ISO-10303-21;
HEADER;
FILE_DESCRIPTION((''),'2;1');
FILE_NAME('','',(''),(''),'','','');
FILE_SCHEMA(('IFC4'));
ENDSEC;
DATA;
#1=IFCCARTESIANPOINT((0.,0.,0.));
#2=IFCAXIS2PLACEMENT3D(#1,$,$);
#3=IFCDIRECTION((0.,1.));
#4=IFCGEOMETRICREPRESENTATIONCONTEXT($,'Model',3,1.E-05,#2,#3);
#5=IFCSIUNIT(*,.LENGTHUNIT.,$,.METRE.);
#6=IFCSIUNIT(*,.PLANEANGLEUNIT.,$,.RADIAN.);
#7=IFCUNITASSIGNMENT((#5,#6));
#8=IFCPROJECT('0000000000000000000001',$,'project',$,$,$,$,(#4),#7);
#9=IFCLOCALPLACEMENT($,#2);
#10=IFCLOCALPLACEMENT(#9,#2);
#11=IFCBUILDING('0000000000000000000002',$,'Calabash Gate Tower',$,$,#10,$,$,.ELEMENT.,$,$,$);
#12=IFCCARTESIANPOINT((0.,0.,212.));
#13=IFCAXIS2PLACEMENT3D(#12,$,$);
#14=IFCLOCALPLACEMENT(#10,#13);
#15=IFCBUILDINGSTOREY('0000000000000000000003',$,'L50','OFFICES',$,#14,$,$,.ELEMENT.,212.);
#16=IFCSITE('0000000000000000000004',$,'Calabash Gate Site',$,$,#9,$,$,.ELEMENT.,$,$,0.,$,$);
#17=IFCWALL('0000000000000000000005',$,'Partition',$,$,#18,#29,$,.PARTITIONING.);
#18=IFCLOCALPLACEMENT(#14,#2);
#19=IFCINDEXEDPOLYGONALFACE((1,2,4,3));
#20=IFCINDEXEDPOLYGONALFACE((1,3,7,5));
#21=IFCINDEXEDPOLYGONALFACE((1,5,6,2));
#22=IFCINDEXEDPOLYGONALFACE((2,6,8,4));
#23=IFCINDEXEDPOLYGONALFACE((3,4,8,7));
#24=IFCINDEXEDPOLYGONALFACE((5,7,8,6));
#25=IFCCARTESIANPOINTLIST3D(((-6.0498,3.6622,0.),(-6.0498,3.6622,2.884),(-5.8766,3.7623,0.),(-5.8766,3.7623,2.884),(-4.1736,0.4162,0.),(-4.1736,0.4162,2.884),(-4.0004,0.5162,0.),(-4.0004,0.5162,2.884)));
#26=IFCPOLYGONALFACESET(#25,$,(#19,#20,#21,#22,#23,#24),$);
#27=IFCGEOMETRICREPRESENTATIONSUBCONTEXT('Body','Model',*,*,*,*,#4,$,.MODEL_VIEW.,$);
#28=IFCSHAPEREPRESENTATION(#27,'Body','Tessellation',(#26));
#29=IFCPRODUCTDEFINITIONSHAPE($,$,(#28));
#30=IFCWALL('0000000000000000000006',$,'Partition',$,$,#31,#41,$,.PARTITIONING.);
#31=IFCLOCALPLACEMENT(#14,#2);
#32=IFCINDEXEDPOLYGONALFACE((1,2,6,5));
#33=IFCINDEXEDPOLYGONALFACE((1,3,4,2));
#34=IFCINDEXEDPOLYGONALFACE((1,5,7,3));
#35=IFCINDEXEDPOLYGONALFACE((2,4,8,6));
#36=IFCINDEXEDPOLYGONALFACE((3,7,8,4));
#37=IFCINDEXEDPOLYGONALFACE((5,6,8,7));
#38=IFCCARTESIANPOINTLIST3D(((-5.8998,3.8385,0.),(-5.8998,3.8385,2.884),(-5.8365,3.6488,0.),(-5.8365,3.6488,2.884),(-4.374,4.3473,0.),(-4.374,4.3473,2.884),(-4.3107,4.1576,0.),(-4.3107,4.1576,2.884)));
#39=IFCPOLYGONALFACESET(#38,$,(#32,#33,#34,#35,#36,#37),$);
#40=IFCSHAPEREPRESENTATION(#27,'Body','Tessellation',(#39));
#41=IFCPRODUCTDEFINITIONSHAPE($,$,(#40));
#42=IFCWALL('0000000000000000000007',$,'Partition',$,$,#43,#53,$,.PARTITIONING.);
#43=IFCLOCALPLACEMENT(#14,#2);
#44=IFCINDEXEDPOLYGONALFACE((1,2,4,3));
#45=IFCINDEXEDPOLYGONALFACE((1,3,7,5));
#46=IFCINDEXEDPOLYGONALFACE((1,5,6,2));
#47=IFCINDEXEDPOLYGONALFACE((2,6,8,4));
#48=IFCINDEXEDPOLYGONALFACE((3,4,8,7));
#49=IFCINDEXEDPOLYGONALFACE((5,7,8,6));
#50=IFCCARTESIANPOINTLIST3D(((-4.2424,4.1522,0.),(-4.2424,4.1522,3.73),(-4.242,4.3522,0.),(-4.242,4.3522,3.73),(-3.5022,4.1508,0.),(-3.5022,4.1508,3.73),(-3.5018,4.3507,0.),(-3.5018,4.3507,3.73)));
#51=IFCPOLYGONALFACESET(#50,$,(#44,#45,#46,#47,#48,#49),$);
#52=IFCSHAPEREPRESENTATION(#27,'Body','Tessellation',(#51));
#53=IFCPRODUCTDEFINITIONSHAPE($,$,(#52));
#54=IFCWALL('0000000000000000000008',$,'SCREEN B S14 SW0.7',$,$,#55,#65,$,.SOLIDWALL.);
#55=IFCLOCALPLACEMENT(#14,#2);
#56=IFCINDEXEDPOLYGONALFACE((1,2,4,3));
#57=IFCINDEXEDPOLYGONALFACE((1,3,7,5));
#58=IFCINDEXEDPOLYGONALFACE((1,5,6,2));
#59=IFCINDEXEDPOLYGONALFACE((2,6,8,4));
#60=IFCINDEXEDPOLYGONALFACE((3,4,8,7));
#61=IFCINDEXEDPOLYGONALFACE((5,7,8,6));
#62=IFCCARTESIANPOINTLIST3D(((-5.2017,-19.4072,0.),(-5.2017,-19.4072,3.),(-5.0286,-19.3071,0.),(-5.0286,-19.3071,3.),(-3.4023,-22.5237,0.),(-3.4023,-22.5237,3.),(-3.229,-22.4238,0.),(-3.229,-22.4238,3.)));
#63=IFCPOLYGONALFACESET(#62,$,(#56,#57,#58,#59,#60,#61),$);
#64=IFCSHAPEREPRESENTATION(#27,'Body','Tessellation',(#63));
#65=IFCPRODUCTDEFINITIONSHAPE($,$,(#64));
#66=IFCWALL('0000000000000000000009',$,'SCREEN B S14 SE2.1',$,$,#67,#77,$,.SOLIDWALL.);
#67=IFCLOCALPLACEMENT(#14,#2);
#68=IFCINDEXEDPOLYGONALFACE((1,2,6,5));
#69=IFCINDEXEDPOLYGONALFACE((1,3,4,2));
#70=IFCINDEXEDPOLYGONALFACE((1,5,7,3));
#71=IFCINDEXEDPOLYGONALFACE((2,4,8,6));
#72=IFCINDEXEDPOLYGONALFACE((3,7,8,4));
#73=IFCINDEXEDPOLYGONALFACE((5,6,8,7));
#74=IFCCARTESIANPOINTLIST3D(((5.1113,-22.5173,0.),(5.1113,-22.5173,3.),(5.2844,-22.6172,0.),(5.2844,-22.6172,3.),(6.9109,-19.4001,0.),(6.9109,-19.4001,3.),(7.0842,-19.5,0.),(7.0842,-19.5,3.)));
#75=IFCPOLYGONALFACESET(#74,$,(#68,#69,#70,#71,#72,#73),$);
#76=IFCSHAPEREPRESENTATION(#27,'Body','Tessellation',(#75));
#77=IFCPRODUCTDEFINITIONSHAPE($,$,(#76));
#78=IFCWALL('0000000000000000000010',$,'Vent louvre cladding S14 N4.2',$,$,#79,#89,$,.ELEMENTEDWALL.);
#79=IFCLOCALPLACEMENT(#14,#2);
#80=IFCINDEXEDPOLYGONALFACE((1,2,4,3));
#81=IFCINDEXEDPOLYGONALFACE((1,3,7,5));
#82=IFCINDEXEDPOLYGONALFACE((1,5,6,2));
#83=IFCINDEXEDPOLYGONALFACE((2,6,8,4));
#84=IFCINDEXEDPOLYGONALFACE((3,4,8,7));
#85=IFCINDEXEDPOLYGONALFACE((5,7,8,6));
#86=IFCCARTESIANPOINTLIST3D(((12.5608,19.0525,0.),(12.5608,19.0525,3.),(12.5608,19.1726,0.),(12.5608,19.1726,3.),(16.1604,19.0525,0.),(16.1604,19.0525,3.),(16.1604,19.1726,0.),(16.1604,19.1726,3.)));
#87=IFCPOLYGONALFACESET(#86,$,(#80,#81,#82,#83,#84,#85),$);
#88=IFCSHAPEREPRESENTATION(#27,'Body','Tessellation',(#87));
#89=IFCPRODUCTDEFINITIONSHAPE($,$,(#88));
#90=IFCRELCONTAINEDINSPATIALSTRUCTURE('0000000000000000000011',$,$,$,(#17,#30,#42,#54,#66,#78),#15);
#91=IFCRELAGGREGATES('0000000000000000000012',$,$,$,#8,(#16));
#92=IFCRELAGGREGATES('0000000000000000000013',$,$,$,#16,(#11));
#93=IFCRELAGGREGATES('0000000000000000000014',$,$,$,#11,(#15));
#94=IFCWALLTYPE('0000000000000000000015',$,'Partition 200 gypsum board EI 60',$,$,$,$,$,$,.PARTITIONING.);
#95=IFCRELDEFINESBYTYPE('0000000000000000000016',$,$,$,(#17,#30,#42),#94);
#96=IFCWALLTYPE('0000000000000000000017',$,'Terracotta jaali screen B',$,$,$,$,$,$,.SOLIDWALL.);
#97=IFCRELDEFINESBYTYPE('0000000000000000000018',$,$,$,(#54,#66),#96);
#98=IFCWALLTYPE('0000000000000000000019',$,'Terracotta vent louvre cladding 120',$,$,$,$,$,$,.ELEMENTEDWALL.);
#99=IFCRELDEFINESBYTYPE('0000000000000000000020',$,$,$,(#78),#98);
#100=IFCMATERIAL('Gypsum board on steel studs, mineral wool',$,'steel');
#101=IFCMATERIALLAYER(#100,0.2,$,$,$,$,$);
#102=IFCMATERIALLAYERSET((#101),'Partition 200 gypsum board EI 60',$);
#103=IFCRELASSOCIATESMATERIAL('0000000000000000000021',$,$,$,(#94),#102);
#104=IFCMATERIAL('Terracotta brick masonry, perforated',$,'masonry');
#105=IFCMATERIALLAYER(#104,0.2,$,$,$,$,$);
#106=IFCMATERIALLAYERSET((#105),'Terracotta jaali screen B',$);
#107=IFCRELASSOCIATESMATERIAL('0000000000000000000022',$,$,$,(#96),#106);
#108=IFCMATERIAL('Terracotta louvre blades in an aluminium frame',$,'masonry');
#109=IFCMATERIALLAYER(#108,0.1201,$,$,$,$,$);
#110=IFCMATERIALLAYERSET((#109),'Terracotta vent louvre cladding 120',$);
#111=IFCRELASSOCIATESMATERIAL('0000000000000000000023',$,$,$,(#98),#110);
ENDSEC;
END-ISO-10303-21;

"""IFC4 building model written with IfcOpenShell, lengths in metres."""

from ifc_helpers import new_model, si_unit, direction, frame, frame_2d, origin, place, context, subcontext, project, spatial, polyline, rectangle, outline, extrude, material, layer, layer_set, type_object, element, save


model = new_model("IFC4")

# Units and contexts
model_context = context("Model", 3, precision=1e-05, world=origin(), true_north=direction((0.0, 1.0)))
body_context = subcontext(model_context, "Body", "Model", "MODEL_VIEW")
ifc_project = project(units=[si_unit("LENGTHUNIT", "METRE"), si_unit("PLANEANGLEUNIT", "RADIAN")], contexts=[model_context])

# Site, building, storey
site_placement = place(None, origin())
site = spatial("IfcSite", under=ifc_project, at=site_placement, Name="Calabash Gate Site", CompositionType="ELEMENT", RefElevation=0.0)
building_placement = place(site_placement, origin())
building = spatial("IfcBuilding", under=site, at=building_placement, Name="Calabash Gate Tower", CompositionType="ELEMENT")
storey_placement = place(building_placement, frame((0.0, 0.0, 212.0)))
storey = spatial("IfcBuildingStorey", under=building, at=storey_placement, Name="L50", Description="OFFICES", CompositionType="ELEMENT", Elevation=212.0)

# Shared definitions
ifc_material_1 = material(Name="Gypsum board on steel studs, mineral wool", Category="steel")
ifc_layer_1 = layer(ifc_material_1, 0.2)
ifc_layer_set_1 = layer_set([ifc_layer_1], Name="Partition 200 gypsum board EI 60")
wall_type_1 = type_object("IfcWallType", Name="Partition 200 gypsum board EI 60", PredefinedType="PARTITIONING", material=ifc_layer_set_1)

# Walls
wall_1_placement = place(storey_placement, frame((-5.9631, 3.7122, 0.0), z_axis=(0.0, 0.0, 1.0), x_axis=(0.500418, -0.865784, 0.0)))
element("IfcWall", 1, at=wall_1_placement, inside=storey, type_object=wall_type_1, Name="Partition", PredefinedType="PARTITIONING", context=body_context, shape_type="SweptSolid", body=[
    extrude(rectangle(XDim=3.7493, YDim=0.2, at=frame_2d((1.8745, 0.0))), origin(), (0.0, 0.0, 1.0), 2.884),
])
wall_2_placement = place(storey_placement, frame((-5.8682, 3.7437, 0.0), z_axis=(0.0, 0.0, 1.0), x_axis=(0.948653, 0.316319, 0.0)))
element("IfcWall", 2, at=wall_2_placement, inside=storey, type_object=wall_type_1, Name="Partition", PredefinedType="PARTITIONING", context=body_context, shape_type="SweptSolid", body=[
    extrude(rectangle(XDim=1.6084, YDim=0.2, at=frame_2d((0.8042, 0.0))), origin(), (0.0, 0.0, 1.0), 2.884),
])
wall_3_placement = place(storey_placement, frame((-4.2422, 4.2522, 0.0), z_axis=(0.0, 0.0, 1.0), x_axis=(0.999998, -0.001979, 0.0)))
element("IfcWall", 3, at=wall_3_placement, inside=storey, type_object=wall_type_1, Name="Partition", PredefinedType="PARTITIONING", context=body_context, shape_type="SweptSolid", body=[
    extrude(rectangle(XDim=0.7402, YDim=0.2, at=frame_2d((0.3701, 0.0))), origin(), (0.0, 0.0, 1.0), 3.73),
])
ifc_material_2 = material(Name="Terracotta brick masonry, perforated", Category="masonry")
ifc_layer_2 = layer(ifc_material_2, 0.2)
ifc_layer_set_2 = layer_set([ifc_layer_2], Name="Terracotta jaali screen B")
wall_type_2 = type_object("IfcWallType", Name="Terracotta jaali screen B", PredefinedType="SOLIDWALL", material=ifc_layer_set_2)
wall_4_placement = place(storey_placement, origin())
element("IfcWall", 4, at=wall_4_placement, inside=storey, type_object=wall_type_2, Name="SCREEN B S14 SW0.7", PredefinedType="SOLIDWALL", context=body_context, shape_type="SweptSolid", body=[
    extrude(outline(polyline([(-5.2017, -19.4072), (-3.4023, -22.5237), (-3.229, -22.4238), (-5.0286, -19.3071), (-5.2017, -19.4072)])), origin(), (0.0, 0.0, 1.0), 3.0),
])
wall_5_placement = place(storey_placement, origin())
element("IfcWall", 5, at=wall_5_placement, inside=storey, type_object=wall_type_2, Name="SCREEN B S14 SE2.1", PredefinedType="SOLIDWALL", context=body_context, shape_type="SweptSolid", body=[
    extrude(outline(polyline([(6.9109, -19.4001), (5.1113, -22.5173), (5.2844, -22.6172), (7.0842, -19.5), (6.9109, -19.4001)])), origin(), (0.0, 0.0, 1.0), 3.0),
])
ifc_material_3 = material(Name="Terracotta louvre blades in an aluminium frame", Category="masonry")
ifc_layer_3 = layer(ifc_material_3, 0.1201)
ifc_layer_set_3 = layer_set([ifc_layer_3], Name="Terracotta vent louvre cladding 120")
wall_type_3 = type_object("IfcWallType", Name="Terracotta vent louvre cladding 120", PredefinedType="ELEMENTEDWALL", material=ifc_layer_set_3)
wall_6_placement = place(storey_placement, origin())
element("IfcWall", 6, at=wall_6_placement, inside=storey, type_object=wall_type_3, Name="Vent louvre cladding S14 N4.2", PredefinedType="ELEMENTEDWALL", context=body_context, shape_type="SweptSolid", body=[
    extrude(outline(polyline([(12.5608, 19.1726), (12.5608, 19.0525), (16.1604, 19.0525), (16.1604, 19.1726), (12.5608, 19.1726)])), origin(), (0.0, 0.0, 1.0), 3.0),
])

save(model, "model.ifc")
